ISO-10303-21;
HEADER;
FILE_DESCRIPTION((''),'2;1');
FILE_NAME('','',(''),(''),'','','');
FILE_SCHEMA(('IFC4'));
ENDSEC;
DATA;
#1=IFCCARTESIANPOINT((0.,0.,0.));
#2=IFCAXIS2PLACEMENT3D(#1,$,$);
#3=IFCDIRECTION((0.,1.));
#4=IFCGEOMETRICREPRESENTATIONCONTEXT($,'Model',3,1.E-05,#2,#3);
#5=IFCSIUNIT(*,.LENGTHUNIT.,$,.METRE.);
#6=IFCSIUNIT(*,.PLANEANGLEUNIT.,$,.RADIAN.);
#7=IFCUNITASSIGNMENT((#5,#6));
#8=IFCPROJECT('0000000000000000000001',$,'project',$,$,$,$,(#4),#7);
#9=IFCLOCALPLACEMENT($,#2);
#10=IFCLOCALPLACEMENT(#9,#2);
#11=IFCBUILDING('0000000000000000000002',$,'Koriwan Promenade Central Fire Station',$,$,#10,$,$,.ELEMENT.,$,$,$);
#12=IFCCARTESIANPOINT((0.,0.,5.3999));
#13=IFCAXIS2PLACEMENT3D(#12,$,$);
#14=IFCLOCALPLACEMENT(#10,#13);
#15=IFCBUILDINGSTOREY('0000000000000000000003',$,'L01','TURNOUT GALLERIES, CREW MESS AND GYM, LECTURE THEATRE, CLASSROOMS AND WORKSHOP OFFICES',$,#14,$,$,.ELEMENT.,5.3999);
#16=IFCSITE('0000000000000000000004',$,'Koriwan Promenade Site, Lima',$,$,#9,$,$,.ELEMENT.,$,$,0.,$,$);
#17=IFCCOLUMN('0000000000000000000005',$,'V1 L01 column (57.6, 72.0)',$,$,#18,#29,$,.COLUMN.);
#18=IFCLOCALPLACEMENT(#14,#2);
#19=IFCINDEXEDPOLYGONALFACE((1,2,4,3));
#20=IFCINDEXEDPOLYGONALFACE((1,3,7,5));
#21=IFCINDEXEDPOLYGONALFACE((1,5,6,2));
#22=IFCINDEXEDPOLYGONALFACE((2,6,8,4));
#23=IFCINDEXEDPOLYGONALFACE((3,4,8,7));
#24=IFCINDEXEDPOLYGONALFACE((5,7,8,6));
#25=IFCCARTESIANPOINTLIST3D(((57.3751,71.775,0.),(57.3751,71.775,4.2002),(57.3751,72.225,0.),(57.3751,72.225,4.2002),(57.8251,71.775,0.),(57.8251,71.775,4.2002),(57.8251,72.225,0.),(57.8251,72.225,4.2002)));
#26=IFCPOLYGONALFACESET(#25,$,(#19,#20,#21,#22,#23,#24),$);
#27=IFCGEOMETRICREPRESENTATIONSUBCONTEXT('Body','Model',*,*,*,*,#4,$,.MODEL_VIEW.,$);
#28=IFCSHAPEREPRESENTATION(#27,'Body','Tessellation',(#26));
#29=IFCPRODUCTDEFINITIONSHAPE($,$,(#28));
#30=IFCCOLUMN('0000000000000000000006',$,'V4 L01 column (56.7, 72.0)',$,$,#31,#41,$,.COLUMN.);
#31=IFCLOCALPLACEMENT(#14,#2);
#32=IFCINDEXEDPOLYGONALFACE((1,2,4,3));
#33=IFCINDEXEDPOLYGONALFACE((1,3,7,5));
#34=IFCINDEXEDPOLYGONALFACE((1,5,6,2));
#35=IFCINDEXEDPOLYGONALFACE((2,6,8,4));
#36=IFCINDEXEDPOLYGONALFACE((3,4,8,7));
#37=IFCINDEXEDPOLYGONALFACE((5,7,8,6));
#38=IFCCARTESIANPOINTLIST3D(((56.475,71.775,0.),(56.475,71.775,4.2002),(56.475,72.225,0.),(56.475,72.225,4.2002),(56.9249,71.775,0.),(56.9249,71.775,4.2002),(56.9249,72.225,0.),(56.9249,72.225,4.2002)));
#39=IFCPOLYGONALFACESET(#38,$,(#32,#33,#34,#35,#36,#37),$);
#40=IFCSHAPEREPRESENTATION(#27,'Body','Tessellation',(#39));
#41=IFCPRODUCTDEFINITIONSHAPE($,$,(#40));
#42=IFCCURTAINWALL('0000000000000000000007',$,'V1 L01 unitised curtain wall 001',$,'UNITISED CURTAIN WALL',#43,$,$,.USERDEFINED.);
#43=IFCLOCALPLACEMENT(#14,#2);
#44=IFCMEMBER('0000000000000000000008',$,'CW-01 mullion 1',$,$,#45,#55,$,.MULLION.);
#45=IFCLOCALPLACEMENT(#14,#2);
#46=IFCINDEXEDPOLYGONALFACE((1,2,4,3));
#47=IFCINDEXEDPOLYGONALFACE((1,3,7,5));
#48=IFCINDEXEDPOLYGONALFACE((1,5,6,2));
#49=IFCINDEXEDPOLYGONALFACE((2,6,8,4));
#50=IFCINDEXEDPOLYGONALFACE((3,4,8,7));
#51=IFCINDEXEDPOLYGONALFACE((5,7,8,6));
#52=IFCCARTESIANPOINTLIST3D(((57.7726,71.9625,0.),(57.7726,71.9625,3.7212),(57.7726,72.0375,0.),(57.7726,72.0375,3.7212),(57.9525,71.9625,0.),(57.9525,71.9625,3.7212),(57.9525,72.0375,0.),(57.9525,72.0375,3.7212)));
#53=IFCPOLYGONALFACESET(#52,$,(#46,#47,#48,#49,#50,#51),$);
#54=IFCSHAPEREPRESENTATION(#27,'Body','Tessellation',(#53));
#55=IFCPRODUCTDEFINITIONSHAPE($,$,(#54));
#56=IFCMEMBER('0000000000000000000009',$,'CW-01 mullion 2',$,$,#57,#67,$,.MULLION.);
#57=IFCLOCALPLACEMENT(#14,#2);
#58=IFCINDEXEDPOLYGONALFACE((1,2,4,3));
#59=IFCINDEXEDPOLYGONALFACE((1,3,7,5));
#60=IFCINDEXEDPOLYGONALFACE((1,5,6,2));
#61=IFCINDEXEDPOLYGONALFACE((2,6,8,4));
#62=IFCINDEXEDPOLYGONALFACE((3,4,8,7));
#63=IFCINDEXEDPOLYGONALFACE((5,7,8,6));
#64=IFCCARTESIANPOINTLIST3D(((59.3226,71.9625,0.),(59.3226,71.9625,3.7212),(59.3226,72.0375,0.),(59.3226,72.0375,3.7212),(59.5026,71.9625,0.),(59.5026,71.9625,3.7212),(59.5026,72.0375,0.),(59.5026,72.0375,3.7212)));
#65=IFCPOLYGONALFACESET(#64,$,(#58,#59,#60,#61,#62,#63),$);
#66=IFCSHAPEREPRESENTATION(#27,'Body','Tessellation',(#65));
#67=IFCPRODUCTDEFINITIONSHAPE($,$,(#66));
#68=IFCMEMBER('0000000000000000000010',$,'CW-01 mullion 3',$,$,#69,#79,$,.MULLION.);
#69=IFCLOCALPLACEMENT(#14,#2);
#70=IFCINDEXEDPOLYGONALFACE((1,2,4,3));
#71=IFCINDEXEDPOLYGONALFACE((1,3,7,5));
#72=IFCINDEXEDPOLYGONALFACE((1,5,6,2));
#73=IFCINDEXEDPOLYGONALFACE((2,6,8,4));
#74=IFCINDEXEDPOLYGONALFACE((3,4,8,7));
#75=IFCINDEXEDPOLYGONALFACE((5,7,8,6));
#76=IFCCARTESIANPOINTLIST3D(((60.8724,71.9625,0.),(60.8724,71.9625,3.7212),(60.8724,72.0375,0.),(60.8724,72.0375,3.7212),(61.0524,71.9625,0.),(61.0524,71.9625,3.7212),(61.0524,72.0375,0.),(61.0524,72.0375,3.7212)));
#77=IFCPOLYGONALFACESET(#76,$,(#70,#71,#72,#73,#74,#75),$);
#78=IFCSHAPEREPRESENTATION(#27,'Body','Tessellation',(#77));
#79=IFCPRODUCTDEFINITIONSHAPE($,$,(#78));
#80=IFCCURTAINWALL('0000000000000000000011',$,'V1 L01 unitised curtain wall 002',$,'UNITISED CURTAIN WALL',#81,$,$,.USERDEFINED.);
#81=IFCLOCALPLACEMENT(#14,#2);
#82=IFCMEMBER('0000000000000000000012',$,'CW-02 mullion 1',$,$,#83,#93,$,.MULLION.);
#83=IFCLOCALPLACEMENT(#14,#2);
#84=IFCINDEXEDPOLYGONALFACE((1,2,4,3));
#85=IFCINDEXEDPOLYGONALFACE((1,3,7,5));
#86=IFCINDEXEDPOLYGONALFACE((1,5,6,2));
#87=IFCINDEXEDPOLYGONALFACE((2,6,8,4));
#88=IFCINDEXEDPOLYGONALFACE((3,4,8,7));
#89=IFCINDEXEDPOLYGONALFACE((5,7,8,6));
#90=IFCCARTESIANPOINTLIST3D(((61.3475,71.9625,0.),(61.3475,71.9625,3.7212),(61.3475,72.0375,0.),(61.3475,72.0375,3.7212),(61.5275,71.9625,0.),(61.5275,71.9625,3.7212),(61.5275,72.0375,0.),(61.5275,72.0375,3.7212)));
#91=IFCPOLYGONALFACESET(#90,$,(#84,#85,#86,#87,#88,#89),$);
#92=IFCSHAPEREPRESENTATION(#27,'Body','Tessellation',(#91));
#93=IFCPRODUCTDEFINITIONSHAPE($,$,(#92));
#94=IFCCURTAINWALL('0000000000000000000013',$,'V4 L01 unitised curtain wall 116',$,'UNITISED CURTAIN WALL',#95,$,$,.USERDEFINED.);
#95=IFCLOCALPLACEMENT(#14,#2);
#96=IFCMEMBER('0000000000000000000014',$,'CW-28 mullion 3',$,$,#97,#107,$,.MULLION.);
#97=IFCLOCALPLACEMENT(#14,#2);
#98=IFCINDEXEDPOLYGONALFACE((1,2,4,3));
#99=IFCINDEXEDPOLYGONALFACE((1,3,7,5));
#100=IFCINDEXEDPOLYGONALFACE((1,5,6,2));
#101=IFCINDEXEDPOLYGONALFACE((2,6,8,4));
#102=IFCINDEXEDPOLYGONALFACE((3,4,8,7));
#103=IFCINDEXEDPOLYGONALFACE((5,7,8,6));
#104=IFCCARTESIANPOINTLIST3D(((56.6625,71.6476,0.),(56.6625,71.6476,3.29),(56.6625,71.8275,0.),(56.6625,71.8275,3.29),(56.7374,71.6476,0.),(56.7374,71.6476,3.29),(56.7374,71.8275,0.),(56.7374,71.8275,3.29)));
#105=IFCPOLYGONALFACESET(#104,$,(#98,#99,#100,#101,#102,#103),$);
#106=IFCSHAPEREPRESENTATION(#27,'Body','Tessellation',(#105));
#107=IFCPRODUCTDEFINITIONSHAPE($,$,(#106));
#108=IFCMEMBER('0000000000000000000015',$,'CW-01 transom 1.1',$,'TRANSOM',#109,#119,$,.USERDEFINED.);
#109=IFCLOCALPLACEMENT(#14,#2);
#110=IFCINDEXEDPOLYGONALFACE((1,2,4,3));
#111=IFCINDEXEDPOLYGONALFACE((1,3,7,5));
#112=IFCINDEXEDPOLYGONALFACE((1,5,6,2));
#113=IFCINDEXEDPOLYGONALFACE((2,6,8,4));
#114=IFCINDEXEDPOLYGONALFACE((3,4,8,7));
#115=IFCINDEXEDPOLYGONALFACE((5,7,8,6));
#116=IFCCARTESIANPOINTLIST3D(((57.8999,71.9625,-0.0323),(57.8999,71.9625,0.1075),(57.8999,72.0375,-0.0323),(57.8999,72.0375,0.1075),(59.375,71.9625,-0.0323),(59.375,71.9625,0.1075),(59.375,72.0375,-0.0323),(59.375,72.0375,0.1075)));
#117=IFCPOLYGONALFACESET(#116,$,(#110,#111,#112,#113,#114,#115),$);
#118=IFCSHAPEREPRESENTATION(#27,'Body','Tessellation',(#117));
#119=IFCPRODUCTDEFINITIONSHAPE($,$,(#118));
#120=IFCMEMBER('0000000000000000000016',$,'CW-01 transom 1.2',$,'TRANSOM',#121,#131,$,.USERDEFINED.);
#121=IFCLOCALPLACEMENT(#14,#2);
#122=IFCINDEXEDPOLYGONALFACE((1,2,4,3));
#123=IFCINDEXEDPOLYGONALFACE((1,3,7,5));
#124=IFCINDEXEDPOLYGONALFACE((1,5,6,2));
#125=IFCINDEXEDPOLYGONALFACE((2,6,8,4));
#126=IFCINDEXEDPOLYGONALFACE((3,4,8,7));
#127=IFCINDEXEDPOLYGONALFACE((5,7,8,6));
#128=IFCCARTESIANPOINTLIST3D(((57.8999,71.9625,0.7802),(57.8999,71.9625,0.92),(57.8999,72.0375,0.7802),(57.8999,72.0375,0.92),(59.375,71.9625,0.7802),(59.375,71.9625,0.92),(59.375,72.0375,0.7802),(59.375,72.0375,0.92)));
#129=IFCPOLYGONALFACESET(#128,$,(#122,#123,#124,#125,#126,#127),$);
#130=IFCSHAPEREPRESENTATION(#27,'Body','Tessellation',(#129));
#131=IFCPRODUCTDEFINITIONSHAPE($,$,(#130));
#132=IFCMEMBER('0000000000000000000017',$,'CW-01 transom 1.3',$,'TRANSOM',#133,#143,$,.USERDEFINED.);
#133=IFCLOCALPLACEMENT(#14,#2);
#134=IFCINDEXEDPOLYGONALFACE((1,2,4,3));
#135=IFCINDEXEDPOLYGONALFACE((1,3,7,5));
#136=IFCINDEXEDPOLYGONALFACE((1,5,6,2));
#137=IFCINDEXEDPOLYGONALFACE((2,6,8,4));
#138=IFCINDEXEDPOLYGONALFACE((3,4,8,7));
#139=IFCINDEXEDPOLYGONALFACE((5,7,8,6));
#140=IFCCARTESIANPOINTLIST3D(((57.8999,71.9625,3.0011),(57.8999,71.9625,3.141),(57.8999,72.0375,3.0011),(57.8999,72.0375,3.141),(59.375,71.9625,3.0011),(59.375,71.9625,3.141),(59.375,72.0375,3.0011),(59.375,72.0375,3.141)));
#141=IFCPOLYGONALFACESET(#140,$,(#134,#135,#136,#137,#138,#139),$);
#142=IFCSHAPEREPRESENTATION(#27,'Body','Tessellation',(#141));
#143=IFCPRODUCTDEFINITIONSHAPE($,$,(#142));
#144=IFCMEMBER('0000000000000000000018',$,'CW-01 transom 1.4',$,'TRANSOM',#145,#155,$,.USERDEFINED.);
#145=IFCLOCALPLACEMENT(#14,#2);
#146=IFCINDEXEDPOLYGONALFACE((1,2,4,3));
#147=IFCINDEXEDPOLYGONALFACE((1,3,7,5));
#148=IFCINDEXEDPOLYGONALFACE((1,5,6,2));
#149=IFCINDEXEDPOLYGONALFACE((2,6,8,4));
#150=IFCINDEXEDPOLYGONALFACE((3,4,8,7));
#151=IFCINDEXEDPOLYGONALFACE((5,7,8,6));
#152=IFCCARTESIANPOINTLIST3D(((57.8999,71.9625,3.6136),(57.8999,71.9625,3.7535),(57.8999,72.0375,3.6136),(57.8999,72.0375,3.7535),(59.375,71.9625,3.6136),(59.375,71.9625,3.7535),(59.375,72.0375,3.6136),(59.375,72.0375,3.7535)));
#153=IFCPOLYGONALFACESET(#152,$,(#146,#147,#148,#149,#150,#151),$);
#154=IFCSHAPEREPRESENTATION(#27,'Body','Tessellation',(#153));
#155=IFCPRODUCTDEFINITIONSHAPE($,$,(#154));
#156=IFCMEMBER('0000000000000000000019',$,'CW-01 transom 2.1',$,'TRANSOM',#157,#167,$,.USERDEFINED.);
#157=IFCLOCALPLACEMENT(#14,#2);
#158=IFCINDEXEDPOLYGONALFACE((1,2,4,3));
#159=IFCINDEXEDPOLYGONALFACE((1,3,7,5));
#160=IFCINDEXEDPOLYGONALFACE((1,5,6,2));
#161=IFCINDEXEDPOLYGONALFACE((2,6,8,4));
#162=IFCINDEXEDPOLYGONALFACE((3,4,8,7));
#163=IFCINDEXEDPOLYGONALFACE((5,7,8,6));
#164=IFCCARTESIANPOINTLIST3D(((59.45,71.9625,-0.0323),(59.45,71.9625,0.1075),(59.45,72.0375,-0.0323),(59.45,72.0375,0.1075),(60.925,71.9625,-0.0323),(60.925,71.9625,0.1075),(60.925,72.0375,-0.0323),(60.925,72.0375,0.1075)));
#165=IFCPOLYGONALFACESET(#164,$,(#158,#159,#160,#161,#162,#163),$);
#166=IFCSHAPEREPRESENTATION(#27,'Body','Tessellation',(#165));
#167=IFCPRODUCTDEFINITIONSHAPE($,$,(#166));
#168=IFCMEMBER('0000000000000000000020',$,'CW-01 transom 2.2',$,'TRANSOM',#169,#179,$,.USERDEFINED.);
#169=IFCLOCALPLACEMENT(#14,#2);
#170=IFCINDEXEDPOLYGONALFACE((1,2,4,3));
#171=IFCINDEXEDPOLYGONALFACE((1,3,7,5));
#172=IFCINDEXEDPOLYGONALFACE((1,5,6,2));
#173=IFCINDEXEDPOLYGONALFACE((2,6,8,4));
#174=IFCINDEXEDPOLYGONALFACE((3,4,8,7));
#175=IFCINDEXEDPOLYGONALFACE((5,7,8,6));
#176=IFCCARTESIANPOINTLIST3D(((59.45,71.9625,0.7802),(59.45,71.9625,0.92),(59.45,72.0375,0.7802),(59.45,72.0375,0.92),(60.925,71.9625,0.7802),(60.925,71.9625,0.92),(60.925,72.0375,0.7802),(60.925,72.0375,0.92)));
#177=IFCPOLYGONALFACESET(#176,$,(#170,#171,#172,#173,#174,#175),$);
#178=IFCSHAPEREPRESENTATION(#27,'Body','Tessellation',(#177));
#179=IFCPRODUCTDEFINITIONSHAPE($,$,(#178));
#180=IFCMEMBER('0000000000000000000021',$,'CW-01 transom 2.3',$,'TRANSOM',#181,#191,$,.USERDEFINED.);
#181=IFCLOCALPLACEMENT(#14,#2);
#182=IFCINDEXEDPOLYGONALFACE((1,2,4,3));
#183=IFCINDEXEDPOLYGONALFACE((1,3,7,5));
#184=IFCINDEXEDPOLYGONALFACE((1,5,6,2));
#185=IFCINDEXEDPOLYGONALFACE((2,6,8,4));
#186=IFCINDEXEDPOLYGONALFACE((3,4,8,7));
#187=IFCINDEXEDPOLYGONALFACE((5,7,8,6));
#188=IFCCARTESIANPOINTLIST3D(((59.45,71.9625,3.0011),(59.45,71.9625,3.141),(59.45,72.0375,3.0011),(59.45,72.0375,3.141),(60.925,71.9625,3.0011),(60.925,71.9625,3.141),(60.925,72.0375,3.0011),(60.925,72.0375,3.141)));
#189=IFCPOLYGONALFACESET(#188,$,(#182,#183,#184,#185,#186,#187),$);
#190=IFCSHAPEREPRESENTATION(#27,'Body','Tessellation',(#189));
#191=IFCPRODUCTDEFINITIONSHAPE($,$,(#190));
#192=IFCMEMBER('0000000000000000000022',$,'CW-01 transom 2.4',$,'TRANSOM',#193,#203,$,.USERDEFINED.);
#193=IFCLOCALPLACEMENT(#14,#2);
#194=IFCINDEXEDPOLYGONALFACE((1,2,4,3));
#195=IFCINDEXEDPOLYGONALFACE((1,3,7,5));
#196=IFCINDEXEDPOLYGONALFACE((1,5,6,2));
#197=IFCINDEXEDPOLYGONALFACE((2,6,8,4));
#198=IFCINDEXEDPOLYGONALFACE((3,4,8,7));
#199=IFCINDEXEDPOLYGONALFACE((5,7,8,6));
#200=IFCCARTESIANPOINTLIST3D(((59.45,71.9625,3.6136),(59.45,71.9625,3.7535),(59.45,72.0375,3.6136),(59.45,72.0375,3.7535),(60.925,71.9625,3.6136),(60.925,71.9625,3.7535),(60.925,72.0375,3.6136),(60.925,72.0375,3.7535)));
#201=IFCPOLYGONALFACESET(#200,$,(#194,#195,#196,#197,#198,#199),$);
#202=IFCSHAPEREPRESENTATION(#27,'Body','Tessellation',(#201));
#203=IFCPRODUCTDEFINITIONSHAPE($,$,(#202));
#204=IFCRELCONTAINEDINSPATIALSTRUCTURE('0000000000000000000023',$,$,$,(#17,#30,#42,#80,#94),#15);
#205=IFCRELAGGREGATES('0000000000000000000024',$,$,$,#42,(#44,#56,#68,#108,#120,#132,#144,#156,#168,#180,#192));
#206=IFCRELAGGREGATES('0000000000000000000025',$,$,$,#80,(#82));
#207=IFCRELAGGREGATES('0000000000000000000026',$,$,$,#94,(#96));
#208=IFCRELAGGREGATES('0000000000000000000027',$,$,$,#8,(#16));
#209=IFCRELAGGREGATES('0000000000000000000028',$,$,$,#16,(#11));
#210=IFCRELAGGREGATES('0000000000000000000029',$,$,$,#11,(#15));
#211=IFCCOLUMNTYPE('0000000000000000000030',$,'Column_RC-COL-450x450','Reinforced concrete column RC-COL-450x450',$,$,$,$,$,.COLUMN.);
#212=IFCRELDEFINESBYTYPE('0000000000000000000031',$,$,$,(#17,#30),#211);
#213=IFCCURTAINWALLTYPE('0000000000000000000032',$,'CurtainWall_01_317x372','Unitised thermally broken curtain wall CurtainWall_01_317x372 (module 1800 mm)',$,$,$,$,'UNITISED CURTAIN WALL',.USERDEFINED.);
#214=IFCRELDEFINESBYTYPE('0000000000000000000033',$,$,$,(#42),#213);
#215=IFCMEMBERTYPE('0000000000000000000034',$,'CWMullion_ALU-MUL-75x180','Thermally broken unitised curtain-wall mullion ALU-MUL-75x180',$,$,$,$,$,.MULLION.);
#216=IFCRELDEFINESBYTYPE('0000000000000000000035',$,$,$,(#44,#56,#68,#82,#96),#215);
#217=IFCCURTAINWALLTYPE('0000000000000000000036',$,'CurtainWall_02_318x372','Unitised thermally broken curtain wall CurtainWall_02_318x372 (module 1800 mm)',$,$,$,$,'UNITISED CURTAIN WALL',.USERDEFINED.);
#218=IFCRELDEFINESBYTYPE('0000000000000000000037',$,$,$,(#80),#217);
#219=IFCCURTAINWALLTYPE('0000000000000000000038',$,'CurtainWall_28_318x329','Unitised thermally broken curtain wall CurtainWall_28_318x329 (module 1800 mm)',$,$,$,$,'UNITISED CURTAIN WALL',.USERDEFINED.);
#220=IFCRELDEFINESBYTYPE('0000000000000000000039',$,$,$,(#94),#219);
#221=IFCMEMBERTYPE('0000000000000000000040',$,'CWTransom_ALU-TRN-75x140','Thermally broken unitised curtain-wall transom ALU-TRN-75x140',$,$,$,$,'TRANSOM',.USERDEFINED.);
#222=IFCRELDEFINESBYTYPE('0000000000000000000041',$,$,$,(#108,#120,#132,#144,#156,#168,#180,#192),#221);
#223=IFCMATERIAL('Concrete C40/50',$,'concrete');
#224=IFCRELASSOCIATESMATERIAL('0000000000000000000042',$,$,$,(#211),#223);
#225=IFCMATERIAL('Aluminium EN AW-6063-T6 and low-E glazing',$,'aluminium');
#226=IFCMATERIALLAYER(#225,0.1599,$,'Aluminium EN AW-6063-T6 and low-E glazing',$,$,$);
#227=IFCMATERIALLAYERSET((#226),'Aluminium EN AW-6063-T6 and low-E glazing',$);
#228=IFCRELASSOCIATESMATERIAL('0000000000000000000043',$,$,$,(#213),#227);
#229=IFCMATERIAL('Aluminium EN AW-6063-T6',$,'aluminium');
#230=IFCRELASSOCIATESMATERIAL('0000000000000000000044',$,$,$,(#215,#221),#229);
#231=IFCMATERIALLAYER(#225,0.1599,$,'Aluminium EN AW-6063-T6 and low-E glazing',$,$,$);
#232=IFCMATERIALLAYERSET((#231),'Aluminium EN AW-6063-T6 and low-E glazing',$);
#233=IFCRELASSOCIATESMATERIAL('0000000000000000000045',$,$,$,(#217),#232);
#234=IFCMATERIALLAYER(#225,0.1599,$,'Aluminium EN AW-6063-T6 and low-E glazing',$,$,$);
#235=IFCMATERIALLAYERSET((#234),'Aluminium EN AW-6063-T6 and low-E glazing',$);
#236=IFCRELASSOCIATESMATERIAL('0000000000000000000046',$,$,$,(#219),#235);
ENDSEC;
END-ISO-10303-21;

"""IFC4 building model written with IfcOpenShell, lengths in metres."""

from ifc_helpers import new_model, si_unit, direction, frame, origin, origin_2d, place, context, subcontext, project, spatial, rectangle, extrude, material, layer, layer_set, material_profile, profile_set, type_object, element, aggregate, save


model = new_model("IFC4")

# Units and contexts
model_context = context("Model", 3, precision=1e-05, world=origin(), true_north=direction((0.0, 1.0)))
body_context = subcontext(model_context, "Body", "Model", "MODEL_VIEW")
ifc_project = project(units=[si_unit("LENGTHUNIT", "METRE"), si_unit("PLANEANGLEUNIT", "RADIAN")], contexts=[model_context])

# Site, building, storey
site_placement = place(None, origin())
site = spatial("IfcSite", under=ifc_project, at=site_placement, Name="Koriwan Promenade Site, Lima", CompositionType="ELEMENT", RefElevation=0.0)
building_placement = place(site_placement, origin())
building = spatial("IfcBuilding", under=site, at=building_placement, Name="Koriwan Promenade Central Fire Station", CompositionType="ELEMENT")
storey_placement = place(building_placement, frame((0.0, 0.0, 5.3999)))
storey = spatial("IfcBuildingStorey", under=building, at=storey_placement, Name="L01", Description="TURNOUT GALLERIES, CREW MESS AND GYM, LECTURE THEATRE, CLASSROOMS AND WORKSHOP OFFICES", CompositionType="ELEMENT", Elevation=5.3999)

# Columns
ifc_material_1 = material(Name="Concrete C40/50", Category="concrete")
ifc_material_profile_1 = material_profile(ifc_material_1, rectangle(XDim=0.45, YDim=0.45, at=origin_2d()), Name="RC-COL-450x450")
ifc_profile_set_1 = profile_set([ifc_material_profile_1], Name="Concrete C40/50")
column_type = type_object("IfcColumnType", Name="Column_RC-COL-450x450", Description="Reinforced concrete column RC-COL-450x450", PredefinedType="COLUMN", material=ifc_profile_set_1)
for number, where, z_axis, x_axis, name in (
    (1, (57.6001, 72.0, 0.0), (0.0, 0.0, 1.0), (1.0, 0.0, 0.0), "V1 L01 column (57.6, 72.0)"),
    (2, (56.7, 72.0, 0.0), (0.0, 0.0, 1.0), (1.0, 0.0, 0.0), "V4 L01 column (56.7, 72.0)"),
):
    element("IfcColumn", number, at=place(storey_placement, frame(where, z_axis=z_axis, x_axis=x_axis)), inside=storey, type_object=column_type, Name=name, PredefinedType="COLUMN", context=body_context, shape_type="SweptSolid", body=[
        extrude(rectangle(XDim=0.45, YDim=0.45, at=origin_2d()), origin(), (0.0, 0.0, 1.0), 4.2002),
    ])

# Curtain wall, members
ifc_material_2 = material(Name="Aluminium EN AW-6063-T6 and low-E glazing", Category="aluminium")
ifc_layer_1 = layer(ifc_material_2, 0.1599, Name="Aluminium EN AW-6063-T6 and low-E glazing")
ifc_layer_set_1 = layer_set([ifc_layer_1], Name="Aluminium EN AW-6063-T6 and low-E glazing")
curtain_wall_type_1 = type_object("IfcCurtainWallType", Name="CurtainWall_01_317x372", Description="Unitised thermally broken curtain wall CurtainWall_01_317x372 (module 1800 mm)", ElementType="UNITISED CURTAIN WALL", PredefinedType="USERDEFINED", material=ifc_layer_set_1)
curtain_wall_1_placement = place(storey_placement, origin())
curtain_wall_1 = element("IfcCurtainWall", 3, at=curtain_wall_1_placement, inside=storey, type_object=curtain_wall_type_1, Name="V1 L01 unitised curtain wall 001", ObjectType="UNITISED CURTAIN WALL", PredefinedType="USERDEFINED")
ifc_material_3 = material(Name="Aluminium EN AW-6063-T6", Category="aluminium")
ifc_material_profile_2 = material_profile(ifc_material_3, rectangle(XDim=0.075, YDim=0.1799, at=origin_2d()), Name="ALU-MUL-75x180")
ifc_profile_set_2 = profile_set([ifc_material_profile_2], Name="Aluminium EN AW-6063-T6")
member_type_1 = type_object("IfcMemberType", Name="CWMullion_ALU-MUL-75x180", Description="Thermally broken unitised curtain-wall mullion ALU-MUL-75x180", PredefinedType="MULLION", material=ifc_profile_set_2)
member_1_placement = place(storey_placement, frame((57.8625, 72.0, 0.0), z_axis=(0.0, 0.0, 1.0), x_axis=(0.0, 1.0, 0.0)))
member_1 = element("IfcMember", 4, at=member_1_placement, type_object=member_type_1, Name="CW-01 mullion 1", PredefinedType="MULLION", context=body_context, shape_type="SweptSolid", body=[
    extrude(rectangle(XDim=0.075, YDim=0.1799, at=origin_2d()), origin(), (0.0, 0.0, 1.0), 3.7212),
])
member_2_placement = place(storey_placement, frame((59.4126, 72.0, 0.0), z_axis=(0.0, 0.0, 1.0), x_axis=(0.0, 1.0, 0.0)))
member_2 = element("IfcMember", 5, at=member_2_placement, type_object=member_type_1, Name="CW-01 mullion 2", PredefinedType="MULLION", context=body_context, shape_type="SweptSolid", body=[
    extrude(rectangle(XDim=0.075, YDim=0.1799, at=origin_2d()), origin(), (0.0, 0.0, 1.0), 3.7212),
])
member_3_placement = place(storey_placement, frame((60.9624, 72.0, 0.0), z_axis=(0.0, 0.0, 1.0), x_axis=(0.0, 1.0, 0.0)))
member_3 = element("IfcMember", 6, at=member_3_placement, type_object=member_type_1, Name="CW-01 mullion 3", PredefinedType="MULLION", context=body_context, shape_type="SweptSolid", body=[
    extrude(rectangle(XDim=0.075, YDim=0.1799, at=origin_2d()), origin(), (0.0, 0.0, 1.0), 3.7212),
])

# Curtain walls, members
ifc_layer_2 = layer(ifc_material_2, 0.1599, Name="Aluminium EN AW-6063-T6 and low-E glazing")
ifc_layer_set_2 = layer_set([ifc_layer_2], Name="Aluminium EN AW-6063-T6 and low-E glazing")
curtain_wall_type_2 = type_object("IfcCurtainWallType", Name="CurtainWall_02_318x372", Description="Unitised thermally broken curtain wall CurtainWall_02_318x372 (module 1800 mm)", ElementType="UNITISED CURTAIN WALL", PredefinedType="USERDEFINED", material=ifc_layer_set_2)
curtain_wall_2_placement = place(storey_placement, origin())
curtain_wall_2 = element("IfcCurtainWall", 7, at=curtain_wall_2_placement, inside=storey, type_object=curtain_wall_type_2, Name="V1 L01 unitised curtain wall 002", ObjectType="UNITISED CURTAIN WALL", PredefinedType="USERDEFINED")
member_4_placement = place(storey_placement, frame((61.4375, 72.0, 0.0), z_axis=(0.0, 0.0, 1.0), x_axis=(0.0, 1.0, 0.0)))
member_4 = element("IfcMember", 8, at=member_4_placement, type_object=member_type_1, Name="CW-02 mullion 1", PredefinedType="MULLION", context=body_context, shape_type="SweptSolid", body=[
    extrude(rectangle(XDim=0.075, YDim=0.1799, at=origin_2d()), origin(), (0.0, 0.0, 1.0), 3.7212),
])
ifc_layer_3 = layer(ifc_material_2, 0.1599, Name="Aluminium EN AW-6063-T6 and low-E glazing")
ifc_layer_set_3 = layer_set([ifc_layer_3], Name="Aluminium EN AW-6063-T6 and low-E glazing")
curtain_wall_type_3 = type_object("IfcCurtainWallType", Name="CurtainWall_28_318x329", Description="Unitised thermally broken curtain wall CurtainWall_28_318x329 (module 1800 mm)", ElementType="UNITISED CURTAIN WALL", PredefinedType="USERDEFINED", material=ifc_layer_set_3)
curtain_wall_3_placement = place(storey_placement, origin())
curtain_wall_3 = element("IfcCurtainWall", 9, at=curtain_wall_3_placement, inside=storey, type_object=curtain_wall_type_3, Name="V4 L01 unitised curtain wall 116", ObjectType="UNITISED CURTAIN WALL", PredefinedType="USERDEFINED")
member_5_placement = place(storey_placement, frame((56.7, 71.7375, 0.0), z_axis=(0.0, 0.0, 1.0), x_axis=(-1.0, 0.0, 0.0)))
member_5 = element("IfcMember", 10, at=member_5_placement, type_object=member_type_1, Name="CW-28 mullion 3", PredefinedType="MULLION", context=body_context, shape_type="SweptSolid", body=[
    extrude(rectangle(XDim=0.075, YDim=0.1799, at=origin_2d()), origin(), (0.0, 0.0, 1.0), 3.29),
])

# Members
ifc_material_profile_3 = material_profile(ifc_material_3, rectangle(XDim=0.075, YDim=0.1399, at=origin_2d()), Name="ALU-TRN-75x140")
ifc_profile_set_3 = profile_set([ifc_material_profile_3], Name="Aluminium EN AW-6063-T6")
member_type_2 = type_object("IfcMemberType", Name="CWTransom_ALU-TRN-75x140", Description="Thermally broken unitised curtain-wall transom ALU-TRN-75x140", ElementType="TRANSOM", PredefinedType="USERDEFINED", material=ifc_profile_set_3)
member_6_placement = place(storey_placement, frame((57.8999, 72.0, 0.0376), z_axis=(1.0, 0.0, 0.0), x_axis=(0.0, 1.0, 0.0)))
member_6 = element("IfcMember", 11, at=member_6_placement, type_object=member_type_2, Name="CW-01 transom 1.1", ObjectType="TRANSOM", PredefinedType="USERDEFINED", context=body_context, shape_type="SweptSolid", body=[
    extrude(rectangle(XDim=0.075, YDim=0.1399, at=origin_2d()), origin(), (0.0, 0.0, 1.0), 1.4751),
])
member_7_placement = place(storey_placement, frame((57.8999, 72.0, 0.8501), z_axis=(1.0, 0.0, 0.0), x_axis=(0.0, 1.0, 0.0)))
member_7 = element("IfcMember", 12, at=member_7_placement, type_object=member_type_2, Name="CW-01 transom 1.2", ObjectType="TRANSOM", PredefinedType="USERDEFINED", context=body_context, shape_type="SweptSolid", body=[
    extrude(rectangle(XDim=0.075, YDim=0.1399, at=origin_2d()), origin(), (0.0, 0.0, 1.0), 1.4751),
])
member_8_placement = place(storey_placement, frame((57.8999, 72.0, 3.071), z_axis=(1.0, 0.0, 0.0), x_axis=(0.0, 1.0, 0.0)))
member_8 = element("IfcMember", 13, at=member_8_placement, type_object=member_type_2, Name="CW-01 transom 1.3", ObjectType="TRANSOM", PredefinedType="USERDEFINED", context=body_context, shape_type="SweptSolid", body=[
    extrude(rectangle(XDim=0.075, YDim=0.1399, at=origin_2d()), origin(), (0.0, 0.0, 1.0), 1.4751),
])
member_9_placement = place(storey_placement, frame((57.8999, 72.0, 3.6836), z_axis=(1.0, 0.0, 0.0), x_axis=(0.0, 1.0, 0.0)))
member_9 = element("IfcMember", 14, at=member_9_placement, type_object=member_type_2, Name="CW-01 transom 1.4", ObjectType="TRANSOM", PredefinedType="USERDEFINED", context=body_context, shape_type="SweptSolid", body=[
    extrude(rectangle(XDim=0.075, YDim=0.1399, at=origin_2d()), origin(), (0.0, 0.0, 1.0), 1.4751),
])
member_10_placement = place(storey_placement, frame((59.45, 72.0, 0.0376), z_axis=(1.0, 0.0, 0.0), x_axis=(0.0, 1.0, 0.0)))
member_10 = element("IfcMember", 15, at=member_10_placement, type_object=member_type_2, Name="CW-01 transom 2.1", ObjectType="TRANSOM", PredefinedType="USERDEFINED", context=body_context, shape_type="SweptSolid", body=[
    extrude(rectangle(XDim=0.075, YDim=0.1399, at=origin_2d()), origin(), (0.0, 0.0, 1.0), 1.4751),
])
member_11_placement = place(storey_placement, frame((59.45, 72.0, 0.8501), z_axis=(1.0, 0.0, 0.0), x_axis=(0.0, 1.0, 0.0)))
member_11 = element("IfcMember", 16, at=member_11_placement, type_object=member_type_2, Name="CW-01 transom 2.2", ObjectType="TRANSOM", PredefinedType="USERDEFINED", context=body_context, shape_type="SweptSolid", body=[
    extrude(rectangle(XDim=0.075, YDim=0.1399, at=origin_2d()), origin(), (0.0, 0.0, 1.0), 1.4751),
])
member_12_placement = place(storey_placement, frame((59.45, 72.0, 3.071), z_axis=(1.0, 0.0, 0.0), x_axis=(0.0, 1.0, 0.0)))
member_12 = element("IfcMember", 17, at=member_12_placement, type_object=member_type_2, Name="CW-01 transom 2.3", ObjectType="TRANSOM", PredefinedType="USERDEFINED", context=body_context, shape_type="SweptSolid", body=[
    extrude(rectangle(XDim=0.075, YDim=0.1399, at=origin_2d()), origin(), (0.0, 0.0, 1.0), 1.4751),
])
member_13_placement = place(storey_placement, frame((59.45, 72.0, 3.6836), z_axis=(1.0, 0.0, 0.0), x_axis=(0.0, 1.0, 0.0)))
member_13 = element("IfcMember", 18, at=member_13_placement, type_object=member_type_2, Name="CW-01 transom 2.4", ObjectType="TRANSOM", PredefinedType="USERDEFINED", context=body_context, shape_type="SweptSolid", body=[
    extrude(rectangle(XDim=0.075, YDim=0.1399, at=origin_2d()), origin(), (0.0, 0.0, 1.0), 1.4751),
])

aggregate(curtain_wall_1, [member_1, member_2, member_3, member_6, member_7, member_8, member_9, member_10, member_11, member_12, member_13])
aggregate(curtain_wall_2, [member_4])
aggregate(curtain_wall_3, [member_5])

save(model, "model.ifc")
